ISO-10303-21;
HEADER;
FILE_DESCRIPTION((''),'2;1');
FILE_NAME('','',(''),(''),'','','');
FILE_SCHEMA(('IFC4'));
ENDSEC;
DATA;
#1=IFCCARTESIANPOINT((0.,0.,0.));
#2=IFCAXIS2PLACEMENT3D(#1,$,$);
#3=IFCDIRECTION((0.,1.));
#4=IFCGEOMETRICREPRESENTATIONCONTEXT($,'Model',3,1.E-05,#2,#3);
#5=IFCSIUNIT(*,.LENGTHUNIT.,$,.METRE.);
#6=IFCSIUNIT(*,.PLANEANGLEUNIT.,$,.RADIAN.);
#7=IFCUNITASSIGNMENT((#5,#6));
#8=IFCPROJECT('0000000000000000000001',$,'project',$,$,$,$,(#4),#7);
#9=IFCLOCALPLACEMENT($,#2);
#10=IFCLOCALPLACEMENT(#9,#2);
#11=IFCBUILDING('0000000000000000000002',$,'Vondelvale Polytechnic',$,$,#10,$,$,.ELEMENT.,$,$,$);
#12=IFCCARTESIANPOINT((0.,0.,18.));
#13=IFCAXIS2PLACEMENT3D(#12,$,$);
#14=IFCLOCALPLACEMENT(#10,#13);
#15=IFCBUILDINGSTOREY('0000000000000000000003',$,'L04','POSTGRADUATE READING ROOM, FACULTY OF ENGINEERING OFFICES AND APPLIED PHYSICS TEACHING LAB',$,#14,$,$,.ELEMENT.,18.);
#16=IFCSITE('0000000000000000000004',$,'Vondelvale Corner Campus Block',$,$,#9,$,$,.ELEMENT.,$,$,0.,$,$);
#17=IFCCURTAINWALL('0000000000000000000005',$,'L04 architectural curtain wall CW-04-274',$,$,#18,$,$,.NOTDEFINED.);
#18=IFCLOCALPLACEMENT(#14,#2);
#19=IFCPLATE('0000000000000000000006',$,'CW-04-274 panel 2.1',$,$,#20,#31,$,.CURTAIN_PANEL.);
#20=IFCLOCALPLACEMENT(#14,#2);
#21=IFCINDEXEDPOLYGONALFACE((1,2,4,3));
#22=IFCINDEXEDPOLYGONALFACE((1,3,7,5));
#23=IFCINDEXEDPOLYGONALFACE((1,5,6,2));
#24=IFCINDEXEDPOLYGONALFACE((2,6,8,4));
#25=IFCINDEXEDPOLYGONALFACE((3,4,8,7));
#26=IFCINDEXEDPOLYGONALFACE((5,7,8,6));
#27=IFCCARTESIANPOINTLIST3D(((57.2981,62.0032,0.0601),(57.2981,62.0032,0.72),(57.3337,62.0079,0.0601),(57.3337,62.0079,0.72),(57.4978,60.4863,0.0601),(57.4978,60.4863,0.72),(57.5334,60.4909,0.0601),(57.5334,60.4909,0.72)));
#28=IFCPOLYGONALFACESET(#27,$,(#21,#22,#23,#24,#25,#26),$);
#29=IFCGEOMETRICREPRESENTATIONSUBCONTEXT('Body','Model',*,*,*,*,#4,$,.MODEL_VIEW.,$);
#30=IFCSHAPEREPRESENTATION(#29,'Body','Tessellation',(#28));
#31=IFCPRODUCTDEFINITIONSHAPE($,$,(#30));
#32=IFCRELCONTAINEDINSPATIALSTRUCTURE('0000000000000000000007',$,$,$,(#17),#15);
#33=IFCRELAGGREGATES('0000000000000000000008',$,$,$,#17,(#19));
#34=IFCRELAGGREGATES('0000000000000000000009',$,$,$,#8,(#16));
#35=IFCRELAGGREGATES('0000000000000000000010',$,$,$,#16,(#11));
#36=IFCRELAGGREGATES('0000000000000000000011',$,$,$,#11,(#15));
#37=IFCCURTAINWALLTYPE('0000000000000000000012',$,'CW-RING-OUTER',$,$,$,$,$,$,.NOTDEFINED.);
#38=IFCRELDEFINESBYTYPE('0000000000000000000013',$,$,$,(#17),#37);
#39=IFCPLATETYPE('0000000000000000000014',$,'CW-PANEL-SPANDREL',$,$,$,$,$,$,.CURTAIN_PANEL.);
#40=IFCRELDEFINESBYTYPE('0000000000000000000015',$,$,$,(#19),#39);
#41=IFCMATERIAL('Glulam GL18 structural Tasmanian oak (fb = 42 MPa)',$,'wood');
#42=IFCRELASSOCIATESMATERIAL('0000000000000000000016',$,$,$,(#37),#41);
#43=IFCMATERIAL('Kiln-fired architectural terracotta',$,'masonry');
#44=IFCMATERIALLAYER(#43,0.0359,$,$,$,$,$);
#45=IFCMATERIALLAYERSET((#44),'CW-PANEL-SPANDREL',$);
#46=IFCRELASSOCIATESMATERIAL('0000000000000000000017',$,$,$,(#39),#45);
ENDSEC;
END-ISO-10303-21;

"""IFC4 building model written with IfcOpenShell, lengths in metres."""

from ifc_helpers import new_model, si_unit, direction, frame, origin, origin_2d, place, context, subcontext, project, spatial, rectangle, extrude, material, layer, layer_set, type_object, element, aggregate, save


model = new_model("IFC4")

# Units and contexts
model_context = context("Model", 3, precision=1e-05, world=origin(), true_north=direction((0.0, 1.0)))
body_context = subcontext(model_context, "Body", "Model", "MODEL_VIEW")
ifc_project = project(units=[si_unit("LENGTHUNIT", "METRE"), si_unit("PLANEANGLEUNIT", "RADIAN")], contexts=[model_context])

# Site, building, storey
site_placement = place(None, origin())
site = spatial("IfcSite", under=ifc_project, at=site_placement, Name="Vondelvale Corner Campus Block", CompositionType="ELEMENT", RefElevation=0.0)
building_placement = place(site_placement, origin())
building = spatial("IfcBuilding", under=site, at=building_placement, Name="Vondelvale Polytechnic", CompositionType="ELEMENT")
storey_placement = place(building_placement, frame((0.0, 0.0, 18.0)))
storey = spatial("IfcBuildingStorey", under=building, at=storey_placement, Name="L04", Description="POSTGRADUATE READING ROOM, FACULTY OF ENGINEERING OFFICES AND APPLIED PHYSICS TEACHING LAB", CompositionType="ELEMENT", Elevation=18.0)

# Curtain wall
ifc_material_1 = material(Name="Glulam GL18 structural Tasmanian oak (fb = 42 MPa)", Category="wood")
curtain_wall_type_1 = type_object("IfcCurtainWallType", Name="CW-RING-OUTER", PredefinedType="NOTDEFINED", material=ifc_material_1)
curtain_wall_1_placement = place(storey_placement, origin())
curtain_wall_1 = element("IfcCurtainWall", 1, at=curtain_wall_1_placement, inside=storey, type_object=curtain_wall_type_1, Name="L04 architectural curtain wall CW-04-274", PredefinedType="NOTDEFINED")

# Plate
ifc_material_2 = material(Name="Kiln-fired architectural terracotta", Category="masonry")
ifc_layer_1 = layer(ifc_material_2, 0.0359)
ifc_layer_set_1 = layer_set([ifc_layer_1], Name="CW-PANEL-SPANDREL")
plate_type_1 = type_object("IfcPlateType", Name="CW-PANEL-SPANDREL", PredefinedType="CURTAIN_PANEL", material=ifc_layer_set_1)
plate_1_placement = place(storey_placement, frame((57.4158, 61.2471, 0.0601), z_axis=(0.0, 0.0, 1.0), x_axis=(0.13054, -0.991443, 0.0)))
plate_1 = element("IfcPlate", 2, at=plate_1_placement, type_object=plate_type_1, Name="CW-04-274 panel 2.1", PredefinedType="CURTAIN_PANEL", context=body_context, shape_type="SweptSolid", body=[
    extrude(rectangle(XDim=1.53, YDim=0.0359, at=origin_2d()), origin(), (0.0, 0.0, 1.0), 0.6599),
])
aggregate(curtain_wall_1, [plate_1])

save(model, "model.ifc")
